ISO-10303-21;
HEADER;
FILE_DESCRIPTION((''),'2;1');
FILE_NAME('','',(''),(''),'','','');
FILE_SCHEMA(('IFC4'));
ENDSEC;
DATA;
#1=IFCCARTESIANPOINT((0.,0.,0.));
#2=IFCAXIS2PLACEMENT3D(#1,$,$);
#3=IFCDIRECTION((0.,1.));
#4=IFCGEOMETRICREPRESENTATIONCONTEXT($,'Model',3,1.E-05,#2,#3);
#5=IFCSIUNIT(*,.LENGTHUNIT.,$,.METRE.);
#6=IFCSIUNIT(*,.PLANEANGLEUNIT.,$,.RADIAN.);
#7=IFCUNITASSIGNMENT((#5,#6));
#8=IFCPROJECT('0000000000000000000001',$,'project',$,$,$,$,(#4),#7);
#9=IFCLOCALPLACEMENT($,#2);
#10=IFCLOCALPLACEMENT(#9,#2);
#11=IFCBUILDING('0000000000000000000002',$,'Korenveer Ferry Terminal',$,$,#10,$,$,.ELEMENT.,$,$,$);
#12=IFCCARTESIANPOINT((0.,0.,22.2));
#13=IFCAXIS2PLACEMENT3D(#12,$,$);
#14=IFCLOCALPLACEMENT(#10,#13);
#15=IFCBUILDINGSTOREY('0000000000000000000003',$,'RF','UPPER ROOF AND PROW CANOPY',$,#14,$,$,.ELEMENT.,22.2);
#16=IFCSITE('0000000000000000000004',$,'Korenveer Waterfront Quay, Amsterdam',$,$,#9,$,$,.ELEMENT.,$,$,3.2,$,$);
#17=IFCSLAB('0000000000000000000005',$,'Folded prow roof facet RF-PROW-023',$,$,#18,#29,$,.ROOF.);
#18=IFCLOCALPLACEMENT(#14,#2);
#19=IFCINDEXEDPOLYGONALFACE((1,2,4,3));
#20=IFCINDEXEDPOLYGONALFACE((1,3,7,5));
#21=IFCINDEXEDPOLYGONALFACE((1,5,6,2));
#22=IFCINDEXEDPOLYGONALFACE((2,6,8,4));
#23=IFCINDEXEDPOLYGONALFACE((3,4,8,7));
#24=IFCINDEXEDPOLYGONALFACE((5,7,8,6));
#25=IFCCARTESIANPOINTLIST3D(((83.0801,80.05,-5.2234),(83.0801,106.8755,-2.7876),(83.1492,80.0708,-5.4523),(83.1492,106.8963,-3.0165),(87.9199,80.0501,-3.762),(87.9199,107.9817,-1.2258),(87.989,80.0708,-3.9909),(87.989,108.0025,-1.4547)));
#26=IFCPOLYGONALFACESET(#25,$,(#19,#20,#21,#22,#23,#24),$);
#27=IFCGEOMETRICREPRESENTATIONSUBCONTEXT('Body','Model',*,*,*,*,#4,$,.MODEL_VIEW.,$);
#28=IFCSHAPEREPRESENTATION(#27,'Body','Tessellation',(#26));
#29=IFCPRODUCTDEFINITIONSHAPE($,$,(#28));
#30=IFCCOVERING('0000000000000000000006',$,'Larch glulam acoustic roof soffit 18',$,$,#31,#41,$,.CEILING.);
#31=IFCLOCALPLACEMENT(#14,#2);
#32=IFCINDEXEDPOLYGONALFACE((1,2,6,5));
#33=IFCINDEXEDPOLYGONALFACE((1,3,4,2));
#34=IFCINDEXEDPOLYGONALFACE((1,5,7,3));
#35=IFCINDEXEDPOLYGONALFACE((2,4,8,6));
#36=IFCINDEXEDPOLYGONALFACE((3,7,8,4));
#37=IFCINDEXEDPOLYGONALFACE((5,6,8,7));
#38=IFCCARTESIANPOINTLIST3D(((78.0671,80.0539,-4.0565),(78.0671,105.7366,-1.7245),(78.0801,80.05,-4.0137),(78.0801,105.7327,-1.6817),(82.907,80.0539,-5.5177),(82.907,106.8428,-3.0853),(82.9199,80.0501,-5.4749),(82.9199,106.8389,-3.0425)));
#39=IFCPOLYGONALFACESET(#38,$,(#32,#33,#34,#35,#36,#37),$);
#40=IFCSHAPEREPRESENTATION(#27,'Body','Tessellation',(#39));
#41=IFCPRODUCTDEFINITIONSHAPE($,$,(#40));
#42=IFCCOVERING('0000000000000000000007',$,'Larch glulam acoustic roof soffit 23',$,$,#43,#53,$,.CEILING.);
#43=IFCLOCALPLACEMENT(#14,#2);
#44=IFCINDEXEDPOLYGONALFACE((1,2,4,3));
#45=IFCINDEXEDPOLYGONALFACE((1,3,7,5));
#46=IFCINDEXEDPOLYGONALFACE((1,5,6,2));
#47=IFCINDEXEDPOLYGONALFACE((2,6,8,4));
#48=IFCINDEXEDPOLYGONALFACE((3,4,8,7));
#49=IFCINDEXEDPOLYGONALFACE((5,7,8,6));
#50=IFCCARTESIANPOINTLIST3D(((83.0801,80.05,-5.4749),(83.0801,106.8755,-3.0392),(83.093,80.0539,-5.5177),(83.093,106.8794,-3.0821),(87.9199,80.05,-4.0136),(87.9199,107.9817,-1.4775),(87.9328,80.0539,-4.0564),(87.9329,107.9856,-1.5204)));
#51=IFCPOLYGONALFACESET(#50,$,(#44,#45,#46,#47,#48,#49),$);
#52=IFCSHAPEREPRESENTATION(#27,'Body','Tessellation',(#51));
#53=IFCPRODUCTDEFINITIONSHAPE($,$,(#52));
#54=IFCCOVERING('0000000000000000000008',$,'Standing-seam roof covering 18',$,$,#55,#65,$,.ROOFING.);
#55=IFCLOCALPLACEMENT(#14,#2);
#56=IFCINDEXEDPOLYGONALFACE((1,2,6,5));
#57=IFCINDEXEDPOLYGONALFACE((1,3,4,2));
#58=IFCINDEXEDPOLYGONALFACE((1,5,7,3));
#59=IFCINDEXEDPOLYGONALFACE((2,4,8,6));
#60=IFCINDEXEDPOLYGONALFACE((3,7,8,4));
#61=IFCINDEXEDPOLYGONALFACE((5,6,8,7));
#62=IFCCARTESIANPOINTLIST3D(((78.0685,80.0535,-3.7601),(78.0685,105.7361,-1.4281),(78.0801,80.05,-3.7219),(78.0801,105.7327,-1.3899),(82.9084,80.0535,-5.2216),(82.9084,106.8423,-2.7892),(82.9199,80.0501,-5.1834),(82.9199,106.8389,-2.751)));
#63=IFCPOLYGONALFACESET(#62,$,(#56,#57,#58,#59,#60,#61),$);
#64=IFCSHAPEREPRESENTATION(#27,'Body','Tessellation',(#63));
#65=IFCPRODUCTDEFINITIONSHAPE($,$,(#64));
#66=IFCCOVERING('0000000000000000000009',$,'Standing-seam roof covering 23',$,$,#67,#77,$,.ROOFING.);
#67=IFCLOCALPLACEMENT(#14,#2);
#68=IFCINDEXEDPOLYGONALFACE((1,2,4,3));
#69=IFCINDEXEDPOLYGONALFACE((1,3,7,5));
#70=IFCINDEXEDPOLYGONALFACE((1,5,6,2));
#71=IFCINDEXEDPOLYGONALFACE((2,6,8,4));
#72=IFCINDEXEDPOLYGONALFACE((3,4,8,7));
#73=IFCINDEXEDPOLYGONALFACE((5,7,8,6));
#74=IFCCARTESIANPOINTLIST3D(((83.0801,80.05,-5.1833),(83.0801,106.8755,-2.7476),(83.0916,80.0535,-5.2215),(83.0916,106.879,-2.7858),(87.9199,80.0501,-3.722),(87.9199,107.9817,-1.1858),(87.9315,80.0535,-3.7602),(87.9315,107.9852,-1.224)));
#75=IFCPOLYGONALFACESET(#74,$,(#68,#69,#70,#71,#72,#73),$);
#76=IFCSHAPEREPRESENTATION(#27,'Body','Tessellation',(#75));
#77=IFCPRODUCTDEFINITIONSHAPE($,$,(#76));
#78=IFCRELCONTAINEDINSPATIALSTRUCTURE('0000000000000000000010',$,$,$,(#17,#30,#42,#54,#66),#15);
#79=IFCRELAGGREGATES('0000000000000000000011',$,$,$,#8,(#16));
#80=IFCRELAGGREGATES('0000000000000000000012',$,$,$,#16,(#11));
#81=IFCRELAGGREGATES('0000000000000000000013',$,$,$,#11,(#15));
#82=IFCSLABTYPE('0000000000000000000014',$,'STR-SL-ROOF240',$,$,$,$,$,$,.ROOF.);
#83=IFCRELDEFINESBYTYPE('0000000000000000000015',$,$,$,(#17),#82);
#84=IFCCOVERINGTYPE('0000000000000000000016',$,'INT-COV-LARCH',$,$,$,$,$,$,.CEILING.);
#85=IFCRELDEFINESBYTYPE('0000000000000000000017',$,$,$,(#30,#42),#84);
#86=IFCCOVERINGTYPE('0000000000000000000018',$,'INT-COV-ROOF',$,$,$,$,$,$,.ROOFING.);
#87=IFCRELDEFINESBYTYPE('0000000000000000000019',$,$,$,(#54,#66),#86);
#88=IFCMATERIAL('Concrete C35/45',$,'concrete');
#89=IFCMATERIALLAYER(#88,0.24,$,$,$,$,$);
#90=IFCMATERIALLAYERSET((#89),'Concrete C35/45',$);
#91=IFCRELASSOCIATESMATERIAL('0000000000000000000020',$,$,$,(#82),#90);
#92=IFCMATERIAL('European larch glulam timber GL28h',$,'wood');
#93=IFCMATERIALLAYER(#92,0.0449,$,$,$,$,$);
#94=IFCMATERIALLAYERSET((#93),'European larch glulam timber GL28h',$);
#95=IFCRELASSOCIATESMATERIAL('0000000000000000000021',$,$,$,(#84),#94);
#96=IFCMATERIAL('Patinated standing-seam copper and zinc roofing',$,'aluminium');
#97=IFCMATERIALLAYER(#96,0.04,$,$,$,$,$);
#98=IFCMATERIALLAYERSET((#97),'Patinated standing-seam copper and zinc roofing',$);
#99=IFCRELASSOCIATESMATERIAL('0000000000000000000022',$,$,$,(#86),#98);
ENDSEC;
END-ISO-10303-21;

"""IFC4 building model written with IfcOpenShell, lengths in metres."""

from ifc_helpers import new_model, si_unit, direction, frame, origin, place, context, subcontext, project, spatial, polyline, outline, extrude, material, layer, layer_set, type_object, element, save


model = new_model("IFC4")

# Units and contexts
model_context = context("Model", 3, precision=1e-05, world=origin(), true_north=direction((0.0, 1.0)))
body_context = subcontext(model_context, "Body", "Model", "MODEL_VIEW")
ifc_project = project(units=[si_unit("LENGTHUNIT", "METRE"), si_unit("PLANEANGLEUNIT", "RADIAN")], contexts=[model_context])

# Site, building, storey
site_placement = place(None, origin())
site = spatial("IfcSite", under=ifc_project, at=site_placement, Name="Korenveer Waterfront Quay, Amsterdam", CompositionType="ELEMENT", RefElevation=3.2)
building_placement = place(site_placement, origin())
building = spatial("IfcBuilding", under=site, at=building_placement, Name="Korenveer Ferry Terminal", CompositionType="ELEMENT")
storey_placement = place(building_placement, frame((0.0, 0.0, 22.2)))
storey = spatial("IfcBuildingStorey", under=building, at=storey_placement, Name="RF", Description="UPPER ROOF AND PROW CANOPY", CompositionType="ELEMENT", Elevation=22.2)

# Shared definitions
ifc_material_1 = material(Name="Concrete C35/45", Category="concrete")
ifc_layer_1 = layer(ifc_material_1, 0.24)
ifc_layer_set_1 = layer_set([ifc_layer_1], Name="Concrete C35/45")
slab_type = type_object("IfcSlabType", Name="STR-SL-ROOF240", PredefinedType="ROOF", material=ifc_layer_set_1)

# Slab
slab_1_placement = place(storey_placement, frame((83.0801, 80.05, -5.2234), z_axis=(-0.287971, -0.086597, 0.953716), x_axis=(0.957312, 0.000001, 0.289057)))
element("IfcSlab", 1, at=slab_1_placement, inside=storey, type_object=slab_type, Name="Folded prow roof facet RF-PROW-023", PredefinedType="ROOF", context=body_context, shape_type="SweptSolid", body=[
    extrude(outline(polyline([(0.0, 0.0), (5.0557, 0.0), (5.7888, 28.037), (0.7041, 26.9266), (0.0, 0.0)])), origin(), (0.0, 0.0, -1.0), 0.24),
])

# Coverings
ifc_material_2 = material(Name="European larch glulam timber GL28h", Category="wood")
ifc_layer_2 = layer(ifc_material_2, 0.0449)
ifc_layer_set_2 = layer_set([ifc_layer_2], Name="European larch glulam timber GL28h")
covering_type_1 = type_object("IfcCoveringType", Name="INT-COV-LARCH", PredefinedType="CEILING", material=ifc_layer_set_2)
covering_1_placement = place(storey_placement, frame((78.0801, 80.05, -4.0137), z_axis=(0.287946, -0.086598, 0.953723), x_axis=(0.95732, 0.000001, -0.289031)))
element("IfcCovering", 2, at=covering_1_placement, inside=storey, type_object=covering_type_1, Name="Larch glulam acoustic roof soffit 18", PredefinedType="CEILING", context=body_context, shape_type="SweptSolid", body=[
    extrude(outline(polyline([(0.0, 0.0), (5.0556, 0.0), (4.3526, 26.8898), (-0.674, 25.7795), (0.0, 0.0)])), origin(), (0.0, 0.0, -1.0), 0.0449),
])
covering_2_placement = place(storey_placement, frame((83.0801, 80.05, -5.4749), z_axis=(-0.28795, -0.086593, 0.953722), x_axis=(0.957318, -0.000001, 0.289035)))
element("IfcCovering", 3, at=covering_2_placement, inside=storey, type_object=covering_type_1, Name="Larch glulam acoustic roof soffit 23", PredefinedType="CEILING", context=body_context, shape_type="SweptSolid", body=[
    extrude(outline(polyline([(0.0, 0.0), (5.0556, 0.0), (5.7886, 28.037), (0.7039, 26.9266), (0.0, 0.0)])), origin(), (0.0, 0.0, -1.0), 0.0449),
])
ifc_material_3 = material(Name="Patinated standing-seam copper and zinc roofing", Category="aluminium")
ifc_layer_3 = layer(ifc_material_3, 0.04)
ifc_layer_set_3 = layer_set([ifc_layer_3], Name="Patinated standing-seam copper and zinc roofing")
covering_type_2 = type_object("IfcCoveringType", Name="INT-COV-ROOF", PredefinedType="ROOFING", material=ifc_layer_set_3)
covering_3_placement = place(storey_placement, frame((78.0801, 80.05, -3.7219), z_axis=(0.28799, -0.086597, 0.95371), x_axis=(0.957306, 0.000001, -0.289075)))
element("IfcCovering", 4, at=covering_3_placement, inside=storey, type_object=covering_type_2, Name="Standing-seam roof covering 18", PredefinedType="ROOFING", context=body_context, shape_type="SweptSolid", body=[
    extrude(outline(polyline([(0.0, 0.0), (5.0557, 0.0), (4.3526, 26.8898), (-0.6741, 25.7795), (0.0, 0.0)])), origin(), (0.0, 0.0, -1.0), 0.04),
])
covering_4_placement = place(storey_placement, frame((83.0801, 80.05, -5.1833), z_axis=(-0.287971, -0.086597, 0.953716), x_axis=(0.957312, 0.000001, 0.289057)))
element("IfcCovering", 5, at=covering_4_placement, inside=storey, type_object=covering_type_2, Name="Standing-seam roof covering 23", PredefinedType="ROOFING", context=body_context, shape_type="SweptSolid", body=[
    extrude(outline(polyline([(0.0, 0.0), (5.0557, 0.0), (5.7888, 28.037), (0.7041, 26.9266), (0.0, 0.0)])), origin(), (0.0, 0.0, -1.0), 0.04),
])

save(model, "model.ifc")
